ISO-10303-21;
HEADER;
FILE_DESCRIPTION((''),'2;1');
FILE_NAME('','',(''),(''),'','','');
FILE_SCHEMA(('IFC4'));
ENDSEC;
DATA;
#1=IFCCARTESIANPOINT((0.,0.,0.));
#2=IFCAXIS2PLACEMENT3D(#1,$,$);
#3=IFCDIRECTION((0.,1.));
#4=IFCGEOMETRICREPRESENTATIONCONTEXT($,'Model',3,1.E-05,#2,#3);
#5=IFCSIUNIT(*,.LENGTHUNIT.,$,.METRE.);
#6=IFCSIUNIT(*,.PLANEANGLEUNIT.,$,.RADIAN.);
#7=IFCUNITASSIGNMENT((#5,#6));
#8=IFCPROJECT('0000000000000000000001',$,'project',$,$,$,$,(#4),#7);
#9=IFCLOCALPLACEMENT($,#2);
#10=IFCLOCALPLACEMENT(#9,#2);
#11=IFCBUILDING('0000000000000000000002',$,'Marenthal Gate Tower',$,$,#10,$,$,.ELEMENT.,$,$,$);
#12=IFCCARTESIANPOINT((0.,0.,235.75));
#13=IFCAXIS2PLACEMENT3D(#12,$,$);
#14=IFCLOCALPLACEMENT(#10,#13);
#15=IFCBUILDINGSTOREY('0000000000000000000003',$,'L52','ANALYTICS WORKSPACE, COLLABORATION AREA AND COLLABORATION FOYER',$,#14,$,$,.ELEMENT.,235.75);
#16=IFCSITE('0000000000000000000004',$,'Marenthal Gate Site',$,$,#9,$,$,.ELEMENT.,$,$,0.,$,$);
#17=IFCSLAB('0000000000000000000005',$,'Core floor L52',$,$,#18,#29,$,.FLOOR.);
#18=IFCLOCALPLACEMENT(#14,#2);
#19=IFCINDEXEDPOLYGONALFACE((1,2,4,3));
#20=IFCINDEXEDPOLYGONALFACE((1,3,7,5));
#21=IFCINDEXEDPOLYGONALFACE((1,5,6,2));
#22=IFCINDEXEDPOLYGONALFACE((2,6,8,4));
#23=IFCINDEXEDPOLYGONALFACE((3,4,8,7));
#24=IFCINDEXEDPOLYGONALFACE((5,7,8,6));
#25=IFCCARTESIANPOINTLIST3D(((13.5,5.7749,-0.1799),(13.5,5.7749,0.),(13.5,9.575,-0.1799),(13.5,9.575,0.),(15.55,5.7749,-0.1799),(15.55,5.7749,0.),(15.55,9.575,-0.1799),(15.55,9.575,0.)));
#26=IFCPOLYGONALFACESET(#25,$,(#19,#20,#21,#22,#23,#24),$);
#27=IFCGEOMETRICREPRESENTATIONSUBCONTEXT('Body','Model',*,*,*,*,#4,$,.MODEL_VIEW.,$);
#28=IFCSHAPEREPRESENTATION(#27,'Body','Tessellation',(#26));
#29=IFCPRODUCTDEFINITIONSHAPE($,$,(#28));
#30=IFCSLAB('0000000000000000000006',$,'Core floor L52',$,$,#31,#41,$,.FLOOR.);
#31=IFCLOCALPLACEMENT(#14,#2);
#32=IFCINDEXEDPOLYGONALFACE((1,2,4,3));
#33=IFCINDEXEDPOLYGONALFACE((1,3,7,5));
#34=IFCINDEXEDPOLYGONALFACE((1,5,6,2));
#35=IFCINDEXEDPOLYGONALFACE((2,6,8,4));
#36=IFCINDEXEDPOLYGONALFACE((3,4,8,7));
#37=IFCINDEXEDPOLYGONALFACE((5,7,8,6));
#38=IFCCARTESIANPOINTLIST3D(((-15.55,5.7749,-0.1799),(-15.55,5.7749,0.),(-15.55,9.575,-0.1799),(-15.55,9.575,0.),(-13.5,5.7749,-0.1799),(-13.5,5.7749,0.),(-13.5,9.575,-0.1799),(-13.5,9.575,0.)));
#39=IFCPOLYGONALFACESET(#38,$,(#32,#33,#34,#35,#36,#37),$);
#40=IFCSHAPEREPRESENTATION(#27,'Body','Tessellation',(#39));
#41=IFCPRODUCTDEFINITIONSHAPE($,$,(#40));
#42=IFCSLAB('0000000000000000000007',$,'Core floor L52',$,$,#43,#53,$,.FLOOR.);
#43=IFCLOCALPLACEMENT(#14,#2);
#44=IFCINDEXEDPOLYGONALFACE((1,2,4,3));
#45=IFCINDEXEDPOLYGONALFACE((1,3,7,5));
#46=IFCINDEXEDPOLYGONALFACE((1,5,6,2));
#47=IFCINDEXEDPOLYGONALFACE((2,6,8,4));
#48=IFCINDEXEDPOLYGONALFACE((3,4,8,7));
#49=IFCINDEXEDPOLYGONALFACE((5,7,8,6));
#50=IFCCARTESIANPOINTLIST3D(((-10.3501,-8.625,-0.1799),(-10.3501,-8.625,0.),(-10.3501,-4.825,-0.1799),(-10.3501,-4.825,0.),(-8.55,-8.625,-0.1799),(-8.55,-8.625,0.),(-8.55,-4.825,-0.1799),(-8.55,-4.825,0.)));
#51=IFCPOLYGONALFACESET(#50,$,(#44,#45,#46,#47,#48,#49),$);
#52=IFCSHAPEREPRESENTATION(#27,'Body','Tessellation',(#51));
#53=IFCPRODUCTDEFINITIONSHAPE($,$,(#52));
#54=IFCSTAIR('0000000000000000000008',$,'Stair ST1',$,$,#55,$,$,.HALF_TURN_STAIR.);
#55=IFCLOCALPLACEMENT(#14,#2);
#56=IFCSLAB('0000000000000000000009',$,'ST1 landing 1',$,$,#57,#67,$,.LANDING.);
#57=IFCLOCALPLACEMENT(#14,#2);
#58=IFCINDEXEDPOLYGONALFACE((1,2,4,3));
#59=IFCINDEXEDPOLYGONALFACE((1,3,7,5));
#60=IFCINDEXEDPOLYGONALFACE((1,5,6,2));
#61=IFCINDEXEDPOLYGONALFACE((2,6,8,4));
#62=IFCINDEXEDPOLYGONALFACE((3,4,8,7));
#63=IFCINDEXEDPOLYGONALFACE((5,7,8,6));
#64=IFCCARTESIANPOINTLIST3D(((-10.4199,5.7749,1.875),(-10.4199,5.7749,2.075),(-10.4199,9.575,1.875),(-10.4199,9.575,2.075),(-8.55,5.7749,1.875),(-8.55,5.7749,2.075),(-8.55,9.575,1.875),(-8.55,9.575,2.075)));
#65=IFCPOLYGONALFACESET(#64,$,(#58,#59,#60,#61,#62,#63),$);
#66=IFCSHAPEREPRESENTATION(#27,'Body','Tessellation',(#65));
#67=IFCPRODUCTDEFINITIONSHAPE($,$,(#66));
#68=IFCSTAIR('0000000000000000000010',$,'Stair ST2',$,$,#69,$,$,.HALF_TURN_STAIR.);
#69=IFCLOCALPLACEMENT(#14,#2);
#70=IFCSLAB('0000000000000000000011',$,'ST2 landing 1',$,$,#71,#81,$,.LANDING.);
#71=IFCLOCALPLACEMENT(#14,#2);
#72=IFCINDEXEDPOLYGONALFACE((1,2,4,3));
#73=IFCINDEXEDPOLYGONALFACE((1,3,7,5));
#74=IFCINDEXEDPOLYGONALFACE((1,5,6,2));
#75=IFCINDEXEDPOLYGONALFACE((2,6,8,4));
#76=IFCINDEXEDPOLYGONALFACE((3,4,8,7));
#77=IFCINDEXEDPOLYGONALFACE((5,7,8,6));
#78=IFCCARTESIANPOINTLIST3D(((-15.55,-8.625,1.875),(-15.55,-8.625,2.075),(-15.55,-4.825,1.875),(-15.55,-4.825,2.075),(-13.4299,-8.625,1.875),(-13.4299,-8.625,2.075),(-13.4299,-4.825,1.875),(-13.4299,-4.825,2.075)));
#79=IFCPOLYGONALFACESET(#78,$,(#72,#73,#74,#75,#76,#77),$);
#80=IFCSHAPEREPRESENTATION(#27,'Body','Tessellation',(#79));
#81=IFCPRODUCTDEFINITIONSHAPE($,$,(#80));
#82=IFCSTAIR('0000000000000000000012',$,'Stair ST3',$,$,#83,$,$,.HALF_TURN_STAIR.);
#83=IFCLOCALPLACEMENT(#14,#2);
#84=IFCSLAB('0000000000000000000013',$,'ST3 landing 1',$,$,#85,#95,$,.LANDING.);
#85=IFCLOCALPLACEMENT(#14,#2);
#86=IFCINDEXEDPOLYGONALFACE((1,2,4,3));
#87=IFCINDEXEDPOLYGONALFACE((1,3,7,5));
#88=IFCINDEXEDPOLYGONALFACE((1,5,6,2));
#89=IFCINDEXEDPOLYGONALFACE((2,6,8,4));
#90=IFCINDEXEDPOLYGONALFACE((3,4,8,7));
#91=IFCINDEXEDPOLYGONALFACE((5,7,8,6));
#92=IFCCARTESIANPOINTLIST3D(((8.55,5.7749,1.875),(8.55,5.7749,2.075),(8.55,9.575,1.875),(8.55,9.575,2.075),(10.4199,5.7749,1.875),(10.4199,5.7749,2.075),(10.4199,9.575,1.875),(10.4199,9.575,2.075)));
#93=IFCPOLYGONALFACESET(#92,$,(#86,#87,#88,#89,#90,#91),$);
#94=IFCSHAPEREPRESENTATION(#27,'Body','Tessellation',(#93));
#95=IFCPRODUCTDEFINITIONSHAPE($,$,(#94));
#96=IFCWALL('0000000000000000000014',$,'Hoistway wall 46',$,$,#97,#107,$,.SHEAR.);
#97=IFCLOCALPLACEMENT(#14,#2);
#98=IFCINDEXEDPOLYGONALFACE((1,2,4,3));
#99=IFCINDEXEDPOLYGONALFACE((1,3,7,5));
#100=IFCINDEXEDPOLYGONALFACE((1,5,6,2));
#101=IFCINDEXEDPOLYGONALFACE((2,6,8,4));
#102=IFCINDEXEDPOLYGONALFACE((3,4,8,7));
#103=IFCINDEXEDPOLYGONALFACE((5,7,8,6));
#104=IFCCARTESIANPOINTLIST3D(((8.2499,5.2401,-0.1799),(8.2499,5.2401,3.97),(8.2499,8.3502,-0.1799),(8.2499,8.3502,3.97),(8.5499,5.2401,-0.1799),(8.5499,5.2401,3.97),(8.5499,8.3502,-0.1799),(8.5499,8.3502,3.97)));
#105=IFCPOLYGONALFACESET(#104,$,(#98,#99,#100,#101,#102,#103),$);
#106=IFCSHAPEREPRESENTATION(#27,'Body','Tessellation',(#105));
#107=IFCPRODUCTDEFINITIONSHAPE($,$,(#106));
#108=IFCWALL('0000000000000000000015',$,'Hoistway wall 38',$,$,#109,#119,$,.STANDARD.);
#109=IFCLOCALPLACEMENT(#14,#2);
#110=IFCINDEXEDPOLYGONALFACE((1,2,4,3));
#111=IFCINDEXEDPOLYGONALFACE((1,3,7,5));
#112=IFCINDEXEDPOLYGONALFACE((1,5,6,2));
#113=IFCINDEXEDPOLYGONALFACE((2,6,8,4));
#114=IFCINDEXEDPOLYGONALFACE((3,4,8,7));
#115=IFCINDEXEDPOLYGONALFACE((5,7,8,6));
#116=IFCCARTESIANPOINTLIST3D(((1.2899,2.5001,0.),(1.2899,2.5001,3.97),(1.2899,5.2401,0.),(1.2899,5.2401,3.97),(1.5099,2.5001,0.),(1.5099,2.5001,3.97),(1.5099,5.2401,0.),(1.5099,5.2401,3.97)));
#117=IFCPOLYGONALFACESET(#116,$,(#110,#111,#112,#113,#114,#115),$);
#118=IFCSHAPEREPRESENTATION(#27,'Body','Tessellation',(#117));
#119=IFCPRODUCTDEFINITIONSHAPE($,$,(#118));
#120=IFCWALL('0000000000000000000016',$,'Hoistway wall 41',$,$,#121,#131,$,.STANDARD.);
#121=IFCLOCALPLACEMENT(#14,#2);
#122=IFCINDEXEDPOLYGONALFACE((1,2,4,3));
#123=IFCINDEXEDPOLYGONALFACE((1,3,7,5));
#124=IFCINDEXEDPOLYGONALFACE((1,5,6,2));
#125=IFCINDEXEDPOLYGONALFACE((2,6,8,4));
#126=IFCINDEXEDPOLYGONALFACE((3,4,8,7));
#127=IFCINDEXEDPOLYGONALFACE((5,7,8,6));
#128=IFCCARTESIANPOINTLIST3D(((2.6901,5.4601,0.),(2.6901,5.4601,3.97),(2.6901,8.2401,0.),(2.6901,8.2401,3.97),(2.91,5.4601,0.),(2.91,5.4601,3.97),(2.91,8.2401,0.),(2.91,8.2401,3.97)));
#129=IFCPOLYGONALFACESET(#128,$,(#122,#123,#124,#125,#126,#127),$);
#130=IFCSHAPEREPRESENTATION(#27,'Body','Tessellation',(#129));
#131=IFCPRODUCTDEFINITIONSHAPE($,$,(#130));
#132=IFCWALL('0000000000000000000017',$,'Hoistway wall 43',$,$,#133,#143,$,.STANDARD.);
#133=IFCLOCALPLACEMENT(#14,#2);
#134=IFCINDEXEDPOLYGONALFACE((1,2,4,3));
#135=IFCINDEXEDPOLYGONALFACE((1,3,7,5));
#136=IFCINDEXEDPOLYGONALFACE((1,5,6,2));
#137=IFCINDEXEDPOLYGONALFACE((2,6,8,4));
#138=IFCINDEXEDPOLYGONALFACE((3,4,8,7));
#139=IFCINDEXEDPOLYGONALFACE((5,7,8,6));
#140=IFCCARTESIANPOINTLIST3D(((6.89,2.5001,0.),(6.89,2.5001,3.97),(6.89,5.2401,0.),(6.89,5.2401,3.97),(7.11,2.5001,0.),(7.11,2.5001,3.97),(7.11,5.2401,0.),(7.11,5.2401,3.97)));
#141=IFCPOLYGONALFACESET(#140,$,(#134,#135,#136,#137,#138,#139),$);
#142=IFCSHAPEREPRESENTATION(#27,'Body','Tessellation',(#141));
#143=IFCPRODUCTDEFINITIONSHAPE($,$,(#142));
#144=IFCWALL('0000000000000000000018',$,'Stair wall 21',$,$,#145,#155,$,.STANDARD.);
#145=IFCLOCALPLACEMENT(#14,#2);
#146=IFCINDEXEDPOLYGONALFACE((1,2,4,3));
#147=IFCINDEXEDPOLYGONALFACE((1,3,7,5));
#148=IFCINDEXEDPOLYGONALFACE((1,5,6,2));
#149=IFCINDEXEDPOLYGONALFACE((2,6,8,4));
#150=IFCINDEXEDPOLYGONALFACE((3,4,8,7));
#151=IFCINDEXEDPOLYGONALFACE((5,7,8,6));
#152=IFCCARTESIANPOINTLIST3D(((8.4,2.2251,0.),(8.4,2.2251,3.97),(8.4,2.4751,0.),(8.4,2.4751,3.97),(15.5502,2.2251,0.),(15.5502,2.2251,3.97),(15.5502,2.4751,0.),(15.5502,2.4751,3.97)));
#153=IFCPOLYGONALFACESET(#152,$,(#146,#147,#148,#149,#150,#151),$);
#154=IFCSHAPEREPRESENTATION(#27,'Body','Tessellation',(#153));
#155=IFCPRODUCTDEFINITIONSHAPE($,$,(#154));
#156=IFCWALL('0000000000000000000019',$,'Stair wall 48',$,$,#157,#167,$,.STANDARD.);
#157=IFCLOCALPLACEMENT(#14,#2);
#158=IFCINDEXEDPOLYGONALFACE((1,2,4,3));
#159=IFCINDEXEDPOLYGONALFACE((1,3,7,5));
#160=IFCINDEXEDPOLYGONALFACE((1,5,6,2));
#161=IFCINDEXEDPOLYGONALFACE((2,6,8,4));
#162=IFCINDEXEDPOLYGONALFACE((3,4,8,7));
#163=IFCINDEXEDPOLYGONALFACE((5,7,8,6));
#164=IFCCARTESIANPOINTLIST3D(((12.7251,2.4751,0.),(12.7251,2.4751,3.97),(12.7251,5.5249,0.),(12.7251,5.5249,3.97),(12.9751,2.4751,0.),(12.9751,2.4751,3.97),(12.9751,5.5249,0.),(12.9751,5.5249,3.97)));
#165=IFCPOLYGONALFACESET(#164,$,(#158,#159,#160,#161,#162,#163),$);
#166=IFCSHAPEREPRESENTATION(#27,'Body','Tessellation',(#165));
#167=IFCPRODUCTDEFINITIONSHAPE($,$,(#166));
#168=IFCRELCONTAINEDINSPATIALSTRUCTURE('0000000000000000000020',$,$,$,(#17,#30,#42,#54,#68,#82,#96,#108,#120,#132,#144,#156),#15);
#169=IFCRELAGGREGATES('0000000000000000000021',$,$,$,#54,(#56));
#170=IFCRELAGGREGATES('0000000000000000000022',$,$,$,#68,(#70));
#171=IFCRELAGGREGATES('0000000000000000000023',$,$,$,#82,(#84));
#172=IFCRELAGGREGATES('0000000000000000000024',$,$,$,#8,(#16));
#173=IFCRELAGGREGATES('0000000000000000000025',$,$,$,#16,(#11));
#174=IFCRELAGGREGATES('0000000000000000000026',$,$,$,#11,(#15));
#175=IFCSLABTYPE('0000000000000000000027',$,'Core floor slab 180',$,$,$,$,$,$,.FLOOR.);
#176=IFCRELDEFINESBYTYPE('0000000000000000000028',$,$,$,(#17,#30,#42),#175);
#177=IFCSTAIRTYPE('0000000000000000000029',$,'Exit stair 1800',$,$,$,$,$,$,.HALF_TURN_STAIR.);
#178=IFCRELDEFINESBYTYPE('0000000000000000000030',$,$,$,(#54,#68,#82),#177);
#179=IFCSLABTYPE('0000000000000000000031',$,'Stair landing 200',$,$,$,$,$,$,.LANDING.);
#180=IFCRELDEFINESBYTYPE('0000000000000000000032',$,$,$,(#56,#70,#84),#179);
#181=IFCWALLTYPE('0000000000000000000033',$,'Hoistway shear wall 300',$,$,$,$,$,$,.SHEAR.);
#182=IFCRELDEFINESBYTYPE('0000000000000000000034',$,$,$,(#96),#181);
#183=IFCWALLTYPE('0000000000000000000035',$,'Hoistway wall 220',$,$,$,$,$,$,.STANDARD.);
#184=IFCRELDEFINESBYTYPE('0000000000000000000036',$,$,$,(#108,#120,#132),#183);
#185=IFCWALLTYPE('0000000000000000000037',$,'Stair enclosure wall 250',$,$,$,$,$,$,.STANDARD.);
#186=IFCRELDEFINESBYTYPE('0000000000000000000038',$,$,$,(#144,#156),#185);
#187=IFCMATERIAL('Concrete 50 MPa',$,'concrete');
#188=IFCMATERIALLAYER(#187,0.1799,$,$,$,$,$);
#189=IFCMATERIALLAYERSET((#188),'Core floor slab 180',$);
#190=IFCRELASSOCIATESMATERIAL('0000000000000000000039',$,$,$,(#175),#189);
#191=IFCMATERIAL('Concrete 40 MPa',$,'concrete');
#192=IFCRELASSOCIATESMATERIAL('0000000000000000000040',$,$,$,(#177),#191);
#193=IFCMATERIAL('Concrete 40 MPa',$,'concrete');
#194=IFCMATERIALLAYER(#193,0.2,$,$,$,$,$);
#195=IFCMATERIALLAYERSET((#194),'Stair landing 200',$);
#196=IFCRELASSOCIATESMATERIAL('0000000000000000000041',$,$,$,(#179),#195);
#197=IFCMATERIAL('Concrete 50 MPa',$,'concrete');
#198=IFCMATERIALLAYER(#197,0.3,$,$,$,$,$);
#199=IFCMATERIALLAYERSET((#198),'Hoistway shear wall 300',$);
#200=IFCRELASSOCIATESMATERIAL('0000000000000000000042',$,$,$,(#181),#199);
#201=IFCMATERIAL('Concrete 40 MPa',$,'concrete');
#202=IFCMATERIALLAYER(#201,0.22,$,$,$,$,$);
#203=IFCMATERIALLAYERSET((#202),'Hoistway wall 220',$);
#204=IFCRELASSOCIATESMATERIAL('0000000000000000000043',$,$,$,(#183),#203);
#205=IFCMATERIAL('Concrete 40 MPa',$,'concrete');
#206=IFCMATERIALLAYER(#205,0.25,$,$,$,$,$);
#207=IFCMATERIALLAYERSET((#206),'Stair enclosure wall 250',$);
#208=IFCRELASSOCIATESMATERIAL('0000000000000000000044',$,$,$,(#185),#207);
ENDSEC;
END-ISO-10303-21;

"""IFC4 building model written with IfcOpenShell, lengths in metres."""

from ifc_helpers import new_model, si_unit, direction, frame, frame_2d, origin, place, context, subcontext, project, spatial, polyline, rectangle, outline, extrude, material, layer, layer_set, type_object, element, aggregate, save


model = new_model("IFC4")

# Units and contexts
model_context = context("Model", 3, precision=1e-05, world=origin(), true_north=direction((0.0, 1.0)))
body_context = subcontext(model_context, "Body", "Model", "MODEL_VIEW")
ifc_project = project(units=[si_unit("LENGTHUNIT", "METRE"), si_unit("PLANEANGLEUNIT", "RADIAN")], contexts=[model_context])

# Site, building, storey
site_placement = place(None, origin())
site = spatial("IfcSite", under=ifc_project, at=site_placement, Name="Marenthal Gate Site", CompositionType="ELEMENT", RefElevation=0.0)
building_placement = place(site_placement, origin())
building = spatial("IfcBuilding", under=site, at=building_placement, Name="Marenthal Gate Tower", CompositionType="ELEMENT")
storey_placement = place(building_placement, frame((0.0, 0.0, 235.75)))
storey = spatial("IfcBuildingStorey", under=building, at=storey_placement, Name="L52", Description="ANALYTICS WORKSPACE, COLLABORATION AREA AND COLLABORATION FOYER", CompositionType="ELEMENT", Elevation=235.75)

# Slabs
ifc_material_1 = material(Name="Concrete 50 MPa", Category="concrete")
ifc_layer_1 = layer(ifc_material_1, 0.1799)
ifc_layer_set_1 = layer_set([ifc_layer_1], Name="Core floor slab 180")
slab_type_1 = type_object("IfcSlabType", Name="Core floor slab 180", PredefinedType="FLOOR", material=ifc_layer_set_1)
slab_1_placement = place(storey_placement, frame((0.0, 0.0, -0.1799)))
element("IfcSlab", 1, at=slab_1_placement, inside=storey, type_object=slab_type_1, Name="Core floor L52", PredefinedType="FLOOR", context=body_context, shape_type="SweptSolid", body=[
    extrude(outline(polyline([(15.55, 5.7749), (13.5, 5.7749), (13.5, 9.575), (15.55, 9.575), (15.55, 5.7749)])), origin(), (0.0, 0.0, 1.0), 0.1799),
])
slab_2_placement = place(storey_placement, frame((0.0, 0.0, -0.1799)))
element("IfcSlab", 2, at=slab_2_placement, inside=storey, type_object=slab_type_1, Name="Core floor L52", PredefinedType="FLOOR", context=body_context, shape_type="SweptSolid", body=[
    extrude(outline(polyline([(-15.55, 9.575), (-13.5, 9.575), (-13.5, 5.7749), (-15.55, 5.7749), (-15.55, 9.575)])), origin(), (0.0, 0.0, 1.0), 0.1799),
])
slab_3_placement = place(storey_placement, frame((0.0, 0.0, -0.1799)))
element("IfcSlab", 3, at=slab_3_placement, inside=storey, type_object=slab_type_1, Name="Core floor L52", PredefinedType="FLOOR", context=body_context, shape_type="SweptSolid", body=[
    extrude(outline(polyline([(-8.55, -8.625), (-10.3501, -8.625), (-10.3501, -4.825), (-8.55, -4.825), (-8.55, -8.625)])), origin(), (0.0, 0.0, 1.0), 0.1799),
])

# Stairs, slabs
ifc_material_2 = material(Name="Concrete 40 MPa", Category="concrete")
stair_type = type_object("IfcStairType", Name="Exit stair 1800", PredefinedType="HALF_TURN_STAIR", material=ifc_material_2)
stair_1_placement = place(storey_placement, origin())
stair_1 = element("IfcStair", 4, at=stair_1_placement, inside=storey, type_object=stair_type, Name="Stair ST1", PredefinedType="HALF_TURN_STAIR")
ifc_material_3 = material(Name="Concrete 40 MPa", Category="concrete")
ifc_layer_2 = layer(ifc_material_3, 0.2)
ifc_layer_set_2 = layer_set([ifc_layer_2], Name="Stair landing 200")
slab_type_2 = type_object("IfcSlabType", Name="Stair landing 200", PredefinedType="LANDING", material=ifc_layer_set_2)
slab_4_placement = place(storey_placement, frame((0.0, 0.0, 1.875)))
slab_4 = element("IfcSlab", 5, at=slab_4_placement, type_object=slab_type_2, Name="ST1 landing 1", PredefinedType="LANDING", context=body_context, shape_type="SweptSolid", body=[
    extrude(outline(polyline([(-10.4199, 5.7749), (-8.55, 5.7749), (-8.55, 9.575), (-10.4199, 9.575), (-10.4199, 5.7749)])), origin(), (0.0, 0.0, 1.0), 0.2),
])
aggregate(stair_1, [slab_4])
stair_2_placement = place(storey_placement, origin())
stair_2 = element("IfcStair", 6, at=stair_2_placement, inside=storey, type_object=stair_type, Name="Stair ST2", PredefinedType="HALF_TURN_STAIR")
slab_5_placement = place(storey_placement, frame((0.0, 0.0, 1.875)))
slab_5 = element("IfcSlab", 7, at=slab_5_placement, type_object=slab_type_2, Name="ST2 landing 1", PredefinedType="LANDING", context=body_context, shape_type="SweptSolid", body=[
    extrude(outline(polyline([(-15.55, -8.625), (-13.4299, -8.625), (-13.4299, -4.825), (-15.55, -4.825), (-15.55, -8.625)])), origin(), (0.0, 0.0, 1.0), 0.2),
])
aggregate(stair_2, [slab_5])
stair_3_placement = place(storey_placement, origin())
stair_3 = element("IfcStair", 8, at=stair_3_placement, inside=storey, type_object=stair_type, Name="Stair ST3", PredefinedType="HALF_TURN_STAIR")
slab_6_placement = place(storey_placement, frame((0.0, 0.0, 1.875)))
slab_6 = element("IfcSlab", 9, at=slab_6_placement, type_object=slab_type_2, Name="ST3 landing 1", PredefinedType="LANDING", context=body_context, shape_type="SweptSolid", body=[
    extrude(outline(polyline([(8.55, 5.7749), (10.4199, 5.7749), (10.4199, 9.575), (8.55, 9.575), (8.55, 5.7749)])), origin(), (0.0, 0.0, 1.0), 0.2),
])

# Walls
ifc_material_4 = material(Name="Concrete 50 MPa", Category="concrete")
ifc_layer_3 = layer(ifc_material_4, 0.3)
ifc_layer_set_3 = layer_set([ifc_layer_3], Name="Hoistway shear wall 300")
wall_type_1 = type_object("IfcWallType", Name="Hoistway shear wall 300", PredefinedType="SHEAR", material=ifc_layer_set_3)
wall_1_placement = place(storey_placement, frame((8.3999, 5.24, -0.1799), z_axis=(0.0, 0.0, 1.0), x_axis=(0.0, 1.0, 0.0)))
element("IfcWall", 10, at=wall_1_placement, inside=storey, type_object=wall_type_1, Name="Hoistway wall 46", PredefinedType="SHEAR", context=body_context, shape_type="SweptSolid", body=[
    extrude(rectangle(XDim=3.1101, YDim=0.3, at=frame_2d((1.5552, 0.0))), origin(), (0.0, 0.0, 1.0), 4.1499),
])
ifc_material_5 = material(Name="Concrete 40 MPa", Category="concrete")
ifc_layer_4 = layer(ifc_material_5, 0.22)
ifc_layer_set_4 = layer_set([ifc_layer_4], Name="Hoistway wall 220")
wall_type_2 = type_object("IfcWallType", Name="Hoistway wall 220", PredefinedType="STANDARD", material=ifc_layer_set_4)
wall_2_placement = place(storey_placement, frame((1.3999, 2.5, 0.0), z_axis=(0.0, 0.0, 1.0), x_axis=(0.0, 1.0, 0.0)))
element("IfcWall", 11, at=wall_2_placement, inside=storey, type_object=wall_type_2, Name="Hoistway wall 38", PredefinedType="STANDARD", context=body_context, shape_type="SweptSolid", body=[
    extrude(rectangle(XDim=2.74, YDim=0.22, at=frame_2d((1.3701, 0.0))), origin(), (0.0, 0.0, 1.0), 3.97),
])
wall_3_placement = place(storey_placement, frame((2.8, 5.46, 0.0), z_axis=(0.0, 0.0, 1.0), x_axis=(0.0, 1.0, 0.0)))
element("IfcWall", 12, at=wall_3_placement, inside=storey, type_object=wall_type_2, Name="Hoistway wall 41", PredefinedType="STANDARD", context=body_context, shape_type="SweptSolid", body=[
    extrude(rectangle(XDim=2.78, YDim=0.22, at=frame_2d((1.3901, 0.0))), origin(), (0.0, 0.0, 1.0), 3.97),
])
wall_4_placement = place(storey_placement, frame((7.0, 2.5, 0.0), z_axis=(0.0, 0.0, 1.0), x_axis=(0.0, 1.0, 0.0)))
element("IfcWall", 13, at=wall_4_placement, inside=storey, type_object=wall_type_2, Name="Hoistway wall 43", PredefinedType="STANDARD", context=body_context, shape_type="SweptSolid", body=[
    extrude(rectangle(XDim=2.74, YDim=0.22, at=frame_2d((1.3701, 0.0))), origin(), (0.0, 0.0, 1.0), 3.97),
])
ifc_material_6 = material(Name="Concrete 40 MPa", Category="concrete")
ifc_layer_5 = layer(ifc_material_6, 0.25)
ifc_layer_set_5 = layer_set([ifc_layer_5], Name="Stair enclosure wall 250")
wall_type_3 = type_object("IfcWallType", Name="Stair enclosure wall 250", PredefinedType="STANDARD", material=ifc_layer_set_5)
wall_5_placement = place(storey_placement, frame((8.3999, 2.3501, 0.0), z_axis=(0.0, 0.0, 1.0), x_axis=(1.0, 0.0, 0.0)))
element("IfcWall", 14, at=wall_5_placement, inside=storey, type_object=wall_type_3, Name="Stair wall 21", PredefinedType="STANDARD", context=body_context, shape_type="SweptSolid", body=[
    extrude(rectangle(XDim=7.1501, YDim=0.25, at=frame_2d((3.5752, 0.0))), origin(), (0.0, 0.0, 1.0), 3.97),
])
wall_6_placement = place(storey_placement, frame((12.8501, 2.4751, 0.0), z_axis=(0.0, 0.0, 1.0), x_axis=(0.0, 1.0, 0.0)))
element("IfcWall", 15, at=wall_6_placement, inside=storey, type_object=wall_type_3, Name="Stair wall 48", PredefinedType="STANDARD", context=body_context, shape_type="SweptSolid", body=[
    extrude(rectangle(XDim=3.0498, YDim=0.25, at=frame_2d((1.5249, 0.0))), origin(), (0.0, 0.0, 1.0), 3.97),
])

aggregate(stair_3, [slab_6])

save(model, "model.ifc")
